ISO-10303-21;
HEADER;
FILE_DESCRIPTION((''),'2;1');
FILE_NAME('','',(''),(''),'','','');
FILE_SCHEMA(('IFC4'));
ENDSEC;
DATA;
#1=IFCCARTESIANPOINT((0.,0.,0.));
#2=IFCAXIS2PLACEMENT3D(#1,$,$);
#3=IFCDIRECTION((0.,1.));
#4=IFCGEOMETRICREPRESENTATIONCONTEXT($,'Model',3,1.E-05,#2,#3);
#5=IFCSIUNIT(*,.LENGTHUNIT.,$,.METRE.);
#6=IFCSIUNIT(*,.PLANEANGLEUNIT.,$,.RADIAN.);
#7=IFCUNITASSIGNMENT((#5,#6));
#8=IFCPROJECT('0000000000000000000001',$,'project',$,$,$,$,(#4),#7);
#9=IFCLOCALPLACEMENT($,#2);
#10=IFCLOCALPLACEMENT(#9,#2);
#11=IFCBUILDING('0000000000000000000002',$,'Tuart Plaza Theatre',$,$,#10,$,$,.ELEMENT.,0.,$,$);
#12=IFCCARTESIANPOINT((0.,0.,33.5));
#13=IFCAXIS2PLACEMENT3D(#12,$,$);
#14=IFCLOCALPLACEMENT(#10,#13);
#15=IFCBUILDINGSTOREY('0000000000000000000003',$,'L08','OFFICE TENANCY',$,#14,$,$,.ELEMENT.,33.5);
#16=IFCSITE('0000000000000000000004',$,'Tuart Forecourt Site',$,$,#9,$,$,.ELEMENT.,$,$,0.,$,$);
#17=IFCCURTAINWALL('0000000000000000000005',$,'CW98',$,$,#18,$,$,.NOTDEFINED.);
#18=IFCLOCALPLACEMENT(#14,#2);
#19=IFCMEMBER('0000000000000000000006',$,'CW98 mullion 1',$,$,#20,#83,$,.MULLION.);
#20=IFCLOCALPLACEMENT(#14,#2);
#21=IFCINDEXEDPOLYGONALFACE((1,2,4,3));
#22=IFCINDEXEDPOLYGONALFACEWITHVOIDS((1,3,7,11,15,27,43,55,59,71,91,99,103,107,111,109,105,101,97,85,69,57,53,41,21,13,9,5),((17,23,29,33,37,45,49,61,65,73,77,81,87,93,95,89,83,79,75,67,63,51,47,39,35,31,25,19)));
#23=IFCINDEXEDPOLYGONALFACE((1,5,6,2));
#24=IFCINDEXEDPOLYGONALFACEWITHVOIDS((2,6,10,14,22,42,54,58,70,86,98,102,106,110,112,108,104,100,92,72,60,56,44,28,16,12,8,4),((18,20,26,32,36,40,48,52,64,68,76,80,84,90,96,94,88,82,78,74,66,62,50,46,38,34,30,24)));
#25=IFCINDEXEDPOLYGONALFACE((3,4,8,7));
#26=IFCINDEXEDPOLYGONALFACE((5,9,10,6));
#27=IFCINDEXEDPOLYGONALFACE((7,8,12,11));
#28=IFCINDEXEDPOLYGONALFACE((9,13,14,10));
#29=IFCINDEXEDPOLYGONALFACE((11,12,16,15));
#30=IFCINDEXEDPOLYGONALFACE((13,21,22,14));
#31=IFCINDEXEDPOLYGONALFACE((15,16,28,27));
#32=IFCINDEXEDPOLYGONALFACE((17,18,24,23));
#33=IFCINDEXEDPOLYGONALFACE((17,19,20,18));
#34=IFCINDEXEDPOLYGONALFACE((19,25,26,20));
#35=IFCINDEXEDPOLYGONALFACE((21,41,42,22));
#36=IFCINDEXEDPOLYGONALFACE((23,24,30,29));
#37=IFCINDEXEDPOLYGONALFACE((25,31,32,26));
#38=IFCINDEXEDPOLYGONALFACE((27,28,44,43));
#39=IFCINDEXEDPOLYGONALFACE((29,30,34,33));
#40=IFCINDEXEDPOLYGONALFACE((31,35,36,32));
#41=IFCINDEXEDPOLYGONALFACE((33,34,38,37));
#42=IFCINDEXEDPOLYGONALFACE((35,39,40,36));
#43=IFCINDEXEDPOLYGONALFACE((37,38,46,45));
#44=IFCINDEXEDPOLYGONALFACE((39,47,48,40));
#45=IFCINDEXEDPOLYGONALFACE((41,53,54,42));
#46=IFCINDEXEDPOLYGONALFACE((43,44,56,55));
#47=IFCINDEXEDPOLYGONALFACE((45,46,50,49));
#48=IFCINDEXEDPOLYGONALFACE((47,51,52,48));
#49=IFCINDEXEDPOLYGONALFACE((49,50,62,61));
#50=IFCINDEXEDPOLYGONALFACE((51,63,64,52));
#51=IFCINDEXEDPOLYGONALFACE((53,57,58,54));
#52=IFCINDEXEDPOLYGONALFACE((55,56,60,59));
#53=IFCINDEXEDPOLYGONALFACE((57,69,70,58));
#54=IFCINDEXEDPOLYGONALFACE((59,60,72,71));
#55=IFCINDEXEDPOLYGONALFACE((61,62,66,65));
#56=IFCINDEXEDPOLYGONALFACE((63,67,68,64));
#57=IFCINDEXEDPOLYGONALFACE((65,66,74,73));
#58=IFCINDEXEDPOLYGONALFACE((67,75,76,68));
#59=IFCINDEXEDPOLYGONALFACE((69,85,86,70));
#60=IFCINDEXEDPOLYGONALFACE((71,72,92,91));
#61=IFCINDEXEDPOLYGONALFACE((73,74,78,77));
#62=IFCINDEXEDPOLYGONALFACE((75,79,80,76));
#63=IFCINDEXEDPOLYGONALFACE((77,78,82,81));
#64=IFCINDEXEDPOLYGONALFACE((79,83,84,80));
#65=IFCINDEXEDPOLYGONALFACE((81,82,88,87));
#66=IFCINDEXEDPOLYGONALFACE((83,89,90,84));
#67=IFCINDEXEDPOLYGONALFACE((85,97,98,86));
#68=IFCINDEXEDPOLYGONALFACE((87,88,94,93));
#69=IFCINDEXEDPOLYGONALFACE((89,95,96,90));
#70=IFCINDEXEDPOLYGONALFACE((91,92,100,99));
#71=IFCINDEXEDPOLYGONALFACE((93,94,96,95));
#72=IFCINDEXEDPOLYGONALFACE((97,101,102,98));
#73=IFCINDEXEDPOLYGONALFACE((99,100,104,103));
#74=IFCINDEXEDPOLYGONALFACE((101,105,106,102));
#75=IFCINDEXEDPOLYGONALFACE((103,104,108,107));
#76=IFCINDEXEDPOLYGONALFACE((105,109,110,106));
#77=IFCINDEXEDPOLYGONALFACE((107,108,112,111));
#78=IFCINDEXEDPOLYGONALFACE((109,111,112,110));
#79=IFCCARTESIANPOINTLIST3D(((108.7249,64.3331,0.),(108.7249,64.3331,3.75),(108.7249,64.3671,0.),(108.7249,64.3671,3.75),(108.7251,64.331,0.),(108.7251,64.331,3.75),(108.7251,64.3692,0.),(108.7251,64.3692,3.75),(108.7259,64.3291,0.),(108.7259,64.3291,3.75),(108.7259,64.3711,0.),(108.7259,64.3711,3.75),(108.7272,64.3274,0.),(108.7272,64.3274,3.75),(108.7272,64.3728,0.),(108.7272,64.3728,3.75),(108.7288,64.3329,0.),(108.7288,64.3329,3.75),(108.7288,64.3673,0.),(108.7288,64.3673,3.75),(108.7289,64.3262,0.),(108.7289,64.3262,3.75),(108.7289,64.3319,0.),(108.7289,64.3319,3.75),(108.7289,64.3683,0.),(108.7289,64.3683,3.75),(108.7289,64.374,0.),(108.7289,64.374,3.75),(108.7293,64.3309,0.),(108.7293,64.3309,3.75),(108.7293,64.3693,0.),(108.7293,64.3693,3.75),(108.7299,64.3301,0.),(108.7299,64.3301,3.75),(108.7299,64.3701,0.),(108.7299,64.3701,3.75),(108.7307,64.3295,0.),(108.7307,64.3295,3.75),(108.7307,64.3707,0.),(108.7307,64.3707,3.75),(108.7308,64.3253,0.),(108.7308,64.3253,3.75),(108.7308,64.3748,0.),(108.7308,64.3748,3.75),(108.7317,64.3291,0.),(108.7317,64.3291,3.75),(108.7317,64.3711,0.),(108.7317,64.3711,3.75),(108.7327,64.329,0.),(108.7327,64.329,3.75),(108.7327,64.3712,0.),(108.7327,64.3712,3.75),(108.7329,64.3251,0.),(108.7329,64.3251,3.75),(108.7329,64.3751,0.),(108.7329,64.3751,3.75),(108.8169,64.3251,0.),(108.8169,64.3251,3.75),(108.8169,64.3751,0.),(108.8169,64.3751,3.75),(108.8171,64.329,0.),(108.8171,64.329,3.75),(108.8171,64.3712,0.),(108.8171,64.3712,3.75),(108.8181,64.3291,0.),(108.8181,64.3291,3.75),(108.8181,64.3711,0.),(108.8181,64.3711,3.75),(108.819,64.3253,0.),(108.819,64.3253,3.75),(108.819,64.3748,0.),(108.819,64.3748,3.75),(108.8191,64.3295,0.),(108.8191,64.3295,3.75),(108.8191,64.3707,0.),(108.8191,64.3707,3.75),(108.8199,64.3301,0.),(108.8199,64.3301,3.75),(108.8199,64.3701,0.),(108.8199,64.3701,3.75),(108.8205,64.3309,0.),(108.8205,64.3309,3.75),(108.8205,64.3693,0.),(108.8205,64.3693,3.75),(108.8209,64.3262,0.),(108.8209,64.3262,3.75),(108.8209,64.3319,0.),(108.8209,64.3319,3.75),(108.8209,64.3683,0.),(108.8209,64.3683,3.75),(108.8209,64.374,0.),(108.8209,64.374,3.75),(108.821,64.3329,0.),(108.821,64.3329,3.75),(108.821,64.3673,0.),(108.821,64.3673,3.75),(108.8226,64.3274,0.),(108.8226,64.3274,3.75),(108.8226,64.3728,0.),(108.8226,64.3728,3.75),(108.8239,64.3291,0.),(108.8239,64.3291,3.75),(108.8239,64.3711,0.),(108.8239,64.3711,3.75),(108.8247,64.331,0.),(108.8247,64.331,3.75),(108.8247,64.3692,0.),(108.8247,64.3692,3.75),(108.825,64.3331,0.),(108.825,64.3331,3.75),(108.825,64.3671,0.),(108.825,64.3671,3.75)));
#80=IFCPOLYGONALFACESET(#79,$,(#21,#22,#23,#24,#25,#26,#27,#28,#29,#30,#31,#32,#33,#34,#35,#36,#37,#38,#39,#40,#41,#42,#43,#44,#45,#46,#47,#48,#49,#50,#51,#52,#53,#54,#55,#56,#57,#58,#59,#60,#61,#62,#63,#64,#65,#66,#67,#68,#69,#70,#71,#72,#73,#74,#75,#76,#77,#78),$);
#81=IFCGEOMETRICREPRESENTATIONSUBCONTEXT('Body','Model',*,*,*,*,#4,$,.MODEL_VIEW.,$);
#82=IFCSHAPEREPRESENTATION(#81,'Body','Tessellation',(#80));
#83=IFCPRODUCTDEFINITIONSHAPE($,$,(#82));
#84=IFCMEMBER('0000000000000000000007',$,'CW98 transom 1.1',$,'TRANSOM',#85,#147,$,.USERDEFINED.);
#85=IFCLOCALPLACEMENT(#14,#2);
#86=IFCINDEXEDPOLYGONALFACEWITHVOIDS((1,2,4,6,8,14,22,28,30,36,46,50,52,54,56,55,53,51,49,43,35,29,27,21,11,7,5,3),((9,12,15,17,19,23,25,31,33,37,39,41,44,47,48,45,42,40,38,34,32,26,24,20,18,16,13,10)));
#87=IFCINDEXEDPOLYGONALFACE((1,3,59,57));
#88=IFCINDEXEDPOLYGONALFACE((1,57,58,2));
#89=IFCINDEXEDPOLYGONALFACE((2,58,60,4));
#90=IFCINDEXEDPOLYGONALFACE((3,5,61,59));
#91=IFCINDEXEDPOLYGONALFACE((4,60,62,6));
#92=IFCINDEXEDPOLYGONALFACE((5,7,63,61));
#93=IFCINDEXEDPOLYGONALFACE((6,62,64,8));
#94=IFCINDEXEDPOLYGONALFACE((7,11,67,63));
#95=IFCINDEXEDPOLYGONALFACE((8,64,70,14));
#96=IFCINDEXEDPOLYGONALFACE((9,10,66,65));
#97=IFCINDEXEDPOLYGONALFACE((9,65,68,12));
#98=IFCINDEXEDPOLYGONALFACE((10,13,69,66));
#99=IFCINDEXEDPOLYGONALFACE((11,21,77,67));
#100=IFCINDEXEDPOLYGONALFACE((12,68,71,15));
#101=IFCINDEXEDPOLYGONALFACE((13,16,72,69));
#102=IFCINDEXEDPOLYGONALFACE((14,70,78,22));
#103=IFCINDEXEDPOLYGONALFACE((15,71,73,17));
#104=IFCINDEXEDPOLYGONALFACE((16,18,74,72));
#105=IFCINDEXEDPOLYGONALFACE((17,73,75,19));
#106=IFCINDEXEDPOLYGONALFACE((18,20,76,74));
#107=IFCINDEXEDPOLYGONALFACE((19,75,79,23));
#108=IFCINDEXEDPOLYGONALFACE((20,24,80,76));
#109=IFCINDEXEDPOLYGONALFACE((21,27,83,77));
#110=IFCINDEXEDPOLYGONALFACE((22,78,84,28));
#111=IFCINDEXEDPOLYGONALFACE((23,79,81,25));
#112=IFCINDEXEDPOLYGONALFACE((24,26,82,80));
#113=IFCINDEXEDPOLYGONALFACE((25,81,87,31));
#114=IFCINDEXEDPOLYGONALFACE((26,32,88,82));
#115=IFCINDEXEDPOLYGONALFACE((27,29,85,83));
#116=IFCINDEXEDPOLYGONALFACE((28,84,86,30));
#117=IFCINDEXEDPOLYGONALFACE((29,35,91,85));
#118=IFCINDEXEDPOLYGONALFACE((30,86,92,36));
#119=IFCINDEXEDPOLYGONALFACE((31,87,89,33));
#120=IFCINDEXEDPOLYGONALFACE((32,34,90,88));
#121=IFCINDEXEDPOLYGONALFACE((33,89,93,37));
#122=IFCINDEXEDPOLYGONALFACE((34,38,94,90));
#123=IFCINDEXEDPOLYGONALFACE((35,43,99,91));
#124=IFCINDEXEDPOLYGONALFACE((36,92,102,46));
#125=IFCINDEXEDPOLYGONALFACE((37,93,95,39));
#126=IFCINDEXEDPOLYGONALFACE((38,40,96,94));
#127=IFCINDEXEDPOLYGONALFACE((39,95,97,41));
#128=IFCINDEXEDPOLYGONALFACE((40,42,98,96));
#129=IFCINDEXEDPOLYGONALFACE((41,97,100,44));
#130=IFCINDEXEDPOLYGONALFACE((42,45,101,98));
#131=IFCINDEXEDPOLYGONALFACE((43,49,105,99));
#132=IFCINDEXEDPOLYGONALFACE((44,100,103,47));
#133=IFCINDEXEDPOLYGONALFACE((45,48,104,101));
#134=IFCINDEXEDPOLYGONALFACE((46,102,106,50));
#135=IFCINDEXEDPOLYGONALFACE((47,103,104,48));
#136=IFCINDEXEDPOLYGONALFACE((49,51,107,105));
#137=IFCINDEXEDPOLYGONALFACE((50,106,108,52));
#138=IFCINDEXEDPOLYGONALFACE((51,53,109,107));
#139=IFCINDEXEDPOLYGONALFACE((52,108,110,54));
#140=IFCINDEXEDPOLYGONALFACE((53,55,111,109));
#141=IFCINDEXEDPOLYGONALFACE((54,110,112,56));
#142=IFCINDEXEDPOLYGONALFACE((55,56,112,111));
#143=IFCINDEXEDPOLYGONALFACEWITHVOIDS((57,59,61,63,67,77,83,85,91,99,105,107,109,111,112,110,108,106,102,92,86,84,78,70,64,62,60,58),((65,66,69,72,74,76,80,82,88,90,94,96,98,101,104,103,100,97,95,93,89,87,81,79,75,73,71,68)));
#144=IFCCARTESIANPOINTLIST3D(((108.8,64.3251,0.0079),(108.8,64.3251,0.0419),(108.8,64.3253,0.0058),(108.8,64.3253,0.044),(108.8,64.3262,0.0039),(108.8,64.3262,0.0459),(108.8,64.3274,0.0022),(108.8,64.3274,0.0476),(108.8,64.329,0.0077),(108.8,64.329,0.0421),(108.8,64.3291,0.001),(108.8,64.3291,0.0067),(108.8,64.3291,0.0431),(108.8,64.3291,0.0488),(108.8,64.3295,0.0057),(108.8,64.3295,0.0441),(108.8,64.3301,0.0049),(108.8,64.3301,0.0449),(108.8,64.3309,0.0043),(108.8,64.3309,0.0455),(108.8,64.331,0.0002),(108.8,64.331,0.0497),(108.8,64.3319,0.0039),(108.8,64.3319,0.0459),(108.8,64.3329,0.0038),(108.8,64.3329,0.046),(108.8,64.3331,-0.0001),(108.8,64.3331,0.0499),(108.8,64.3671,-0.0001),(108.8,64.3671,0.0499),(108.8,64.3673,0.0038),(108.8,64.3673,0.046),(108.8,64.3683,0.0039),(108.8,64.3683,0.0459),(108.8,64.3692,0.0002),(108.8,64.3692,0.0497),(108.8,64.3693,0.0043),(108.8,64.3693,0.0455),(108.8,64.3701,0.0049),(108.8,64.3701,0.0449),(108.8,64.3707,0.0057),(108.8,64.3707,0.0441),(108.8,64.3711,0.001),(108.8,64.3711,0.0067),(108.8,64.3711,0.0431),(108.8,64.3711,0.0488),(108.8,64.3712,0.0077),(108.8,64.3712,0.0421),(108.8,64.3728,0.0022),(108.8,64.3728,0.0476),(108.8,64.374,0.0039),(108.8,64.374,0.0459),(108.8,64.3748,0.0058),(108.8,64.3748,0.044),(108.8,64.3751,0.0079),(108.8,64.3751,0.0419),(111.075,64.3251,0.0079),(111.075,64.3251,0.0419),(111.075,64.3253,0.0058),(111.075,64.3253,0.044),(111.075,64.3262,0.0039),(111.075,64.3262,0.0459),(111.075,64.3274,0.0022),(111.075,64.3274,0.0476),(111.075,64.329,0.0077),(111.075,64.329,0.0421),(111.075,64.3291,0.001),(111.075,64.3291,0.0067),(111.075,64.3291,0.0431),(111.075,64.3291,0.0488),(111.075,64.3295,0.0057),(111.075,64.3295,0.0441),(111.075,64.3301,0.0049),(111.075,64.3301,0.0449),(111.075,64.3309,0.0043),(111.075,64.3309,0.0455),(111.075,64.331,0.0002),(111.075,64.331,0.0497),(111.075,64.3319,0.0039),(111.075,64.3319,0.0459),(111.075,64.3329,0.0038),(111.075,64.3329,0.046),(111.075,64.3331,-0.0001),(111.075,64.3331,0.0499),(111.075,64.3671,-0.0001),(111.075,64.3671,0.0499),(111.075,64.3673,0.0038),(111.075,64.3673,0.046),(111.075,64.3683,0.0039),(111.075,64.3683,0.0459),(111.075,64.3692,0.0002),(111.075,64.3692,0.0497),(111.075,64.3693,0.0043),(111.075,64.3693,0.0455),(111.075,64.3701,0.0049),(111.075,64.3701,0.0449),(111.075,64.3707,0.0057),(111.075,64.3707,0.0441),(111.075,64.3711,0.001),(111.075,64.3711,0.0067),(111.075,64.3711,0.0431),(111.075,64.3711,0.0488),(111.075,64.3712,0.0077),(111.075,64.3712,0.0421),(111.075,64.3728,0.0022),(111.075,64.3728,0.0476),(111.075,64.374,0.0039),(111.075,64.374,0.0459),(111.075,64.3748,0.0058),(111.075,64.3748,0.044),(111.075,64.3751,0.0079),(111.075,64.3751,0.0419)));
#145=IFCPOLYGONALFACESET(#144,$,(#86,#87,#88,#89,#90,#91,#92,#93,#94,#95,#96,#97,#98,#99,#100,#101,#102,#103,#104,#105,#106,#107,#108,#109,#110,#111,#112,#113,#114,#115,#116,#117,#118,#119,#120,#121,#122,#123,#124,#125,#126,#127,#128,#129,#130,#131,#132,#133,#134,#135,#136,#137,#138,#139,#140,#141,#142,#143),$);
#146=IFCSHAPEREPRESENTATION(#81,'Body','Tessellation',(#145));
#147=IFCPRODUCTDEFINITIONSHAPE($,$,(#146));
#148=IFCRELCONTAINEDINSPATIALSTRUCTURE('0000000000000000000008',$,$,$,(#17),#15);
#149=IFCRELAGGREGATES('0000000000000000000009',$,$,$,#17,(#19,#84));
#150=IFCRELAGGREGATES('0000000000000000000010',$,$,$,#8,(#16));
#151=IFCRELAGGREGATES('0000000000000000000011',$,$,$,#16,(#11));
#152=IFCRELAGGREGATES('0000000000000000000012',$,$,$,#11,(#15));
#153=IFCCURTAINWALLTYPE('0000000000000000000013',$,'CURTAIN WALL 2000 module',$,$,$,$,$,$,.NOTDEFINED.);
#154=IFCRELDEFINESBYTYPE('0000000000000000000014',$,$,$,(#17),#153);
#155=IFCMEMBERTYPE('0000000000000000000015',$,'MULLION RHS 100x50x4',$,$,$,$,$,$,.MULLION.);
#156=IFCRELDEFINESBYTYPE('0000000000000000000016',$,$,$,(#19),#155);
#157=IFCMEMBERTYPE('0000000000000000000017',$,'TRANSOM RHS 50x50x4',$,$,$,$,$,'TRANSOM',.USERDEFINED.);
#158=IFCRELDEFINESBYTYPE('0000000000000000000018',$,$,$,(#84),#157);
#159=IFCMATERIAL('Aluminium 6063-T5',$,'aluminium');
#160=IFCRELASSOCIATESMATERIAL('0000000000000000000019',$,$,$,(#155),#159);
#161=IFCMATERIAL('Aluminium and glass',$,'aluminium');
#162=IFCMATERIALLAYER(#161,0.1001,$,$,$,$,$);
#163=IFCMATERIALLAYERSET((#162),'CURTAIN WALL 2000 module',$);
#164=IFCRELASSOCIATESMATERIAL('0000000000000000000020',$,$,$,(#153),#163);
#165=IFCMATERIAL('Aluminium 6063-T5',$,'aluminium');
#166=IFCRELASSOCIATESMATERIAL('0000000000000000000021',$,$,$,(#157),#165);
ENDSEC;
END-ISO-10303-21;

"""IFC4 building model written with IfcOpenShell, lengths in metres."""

from ifc_helpers import new_model, si_unit, direction, frame, origin, origin_2d, place, context, subcontext, project, spatial, hollow_rectangle, extrude, material, layer, layer_set, material_profile, profile_set, type_object, element, aggregate, save


model = new_model("IFC4")

# Units and contexts
model_context = context("Model", 3, precision=1e-05, world=origin(), true_north=direction((0.0, 1.0)))
body_context = subcontext(model_context, "Body", "Model", "MODEL_VIEW")
ifc_project = project(units=[si_unit("LENGTHUNIT", "METRE"), si_unit("PLANEANGLEUNIT", "RADIAN")], contexts=[model_context])

# Site, building, storey
site_placement = place(None, origin())
site = spatial("IfcSite", under=ifc_project, at=site_placement, Name="Tuart Forecourt Site", CompositionType="ELEMENT", RefElevation=0.0)
building_placement = place(site_placement, origin())
building = spatial("IfcBuilding", under=site, at=building_placement, Name="Tuart Plaza Theatre", CompositionType="ELEMENT", ElevationOfRefHeight=0.0)
storey_placement = place(building_placement, frame((0.0, 0.0, 33.5)))
storey = spatial("IfcBuildingStorey", under=building, at=storey_placement, Name="L08", Description="OFFICE TENANCY", CompositionType="ELEMENT", Elevation=33.5)

# Shared definitions
ifc_material_1 = material(Name="Aluminium 6063-T5", Category="aluminium")
ifc_material_profile_1 = material_profile(ifc_material_1, hollow_rectangle(XDim=0.05, YDim=0.1001, WallThickness=0.0039, InnerFilletRadius=0.0039, OuterFilletRadius=0.0081, at=origin_2d()), Name="RHS 100x50x4")
ifc_profile_set_1 = profile_set([ifc_material_profile_1], Name="Aluminium 6063-T5")
member_type_1 = type_object("IfcMemberType", Name="MULLION RHS 100x50x4", PredefinedType="MULLION", material=ifc_profile_set_1)

# Curtain wall, members
ifc_material_2 = material(Name="Aluminium and glass", Category="aluminium")
ifc_layer_1 = layer(ifc_material_2, 0.1001)
ifc_layer_set_1 = layer_set([ifc_layer_1], Name="CURTAIN WALL 2000 module")
curtain_wall_type_1 = type_object("IfcCurtainWallType", Name="CURTAIN WALL 2000 module", PredefinedType="NOTDEFINED", material=ifc_layer_set_1)
curtain_wall_1_placement = place(storey_placement, origin())
curtain_wall_1 = element("IfcCurtainWall", 1, at=curtain_wall_1_placement, inside=storey, type_object=curtain_wall_type_1, Name="CW98", PredefinedType="NOTDEFINED")
member_1_placement = place(storey_placement, frame((108.7749, 64.3501, 0.0), z_axis=(0.0, 0.0, 1.0), x_axis=(0.0, 1.0, 0.0)))
member_1 = element("IfcMember", 2, at=member_1_placement, type_object=member_type_1, Name="CW98 mullion 1", PredefinedType="MULLION", context=body_context, shape_type="SweptSolid", body=[
    extrude(hollow_rectangle(XDim=0.05, YDim=0.1001, WallThickness=0.0039, InnerFilletRadius=0.0039, OuterFilletRadius=0.0081, at=origin_2d()), origin(), (0.0, 0.0, 1.0), 3.75),
])
ifc_material_3 = material(Name="Aluminium 6063-T5", Category="aluminium")
ifc_material_profile_2 = material_profile(ifc_material_3, hollow_rectangle(XDim=0.05, YDim=0.05, WallThickness=0.0039, InnerFilletRadius=0.0039, OuterFilletRadius=0.0081, at=origin_2d()), Name="RHS 50x50x4")
ifc_profile_set_2 = profile_set([ifc_material_profile_2], Name="Aluminium 6063-T5")
member_type_2 = type_object("IfcMemberType", Name="TRANSOM RHS 50x50x4", ElementType="TRANSOM", PredefinedType="USERDEFINED", material=ifc_profile_set_2)
member_2_placement = place(storey_placement, frame((108.8, 64.3501, 0.0249), z_axis=(1.0, 0.0, 0.0), x_axis=(0.0, 1.0, 0.0)))
member_2 = element("IfcMember", 3, at=member_2_placement, type_object=member_type_2, Name="CW98 transom 1.1", ObjectType="TRANSOM", PredefinedType="USERDEFINED", context=body_context, shape_type="SweptSolid", body=[
    extrude(hollow_rectangle(XDim=0.05, YDim=0.05, WallThickness=0.0039, InnerFilletRadius=0.0039, OuterFilletRadius=0.0081, at=origin_2d()), origin(), (0.0, 0.0, 1.0), 2.2749),
])
aggregate(curtain_wall_1, [member_1, member_2])

save(model, "model.ifc")
